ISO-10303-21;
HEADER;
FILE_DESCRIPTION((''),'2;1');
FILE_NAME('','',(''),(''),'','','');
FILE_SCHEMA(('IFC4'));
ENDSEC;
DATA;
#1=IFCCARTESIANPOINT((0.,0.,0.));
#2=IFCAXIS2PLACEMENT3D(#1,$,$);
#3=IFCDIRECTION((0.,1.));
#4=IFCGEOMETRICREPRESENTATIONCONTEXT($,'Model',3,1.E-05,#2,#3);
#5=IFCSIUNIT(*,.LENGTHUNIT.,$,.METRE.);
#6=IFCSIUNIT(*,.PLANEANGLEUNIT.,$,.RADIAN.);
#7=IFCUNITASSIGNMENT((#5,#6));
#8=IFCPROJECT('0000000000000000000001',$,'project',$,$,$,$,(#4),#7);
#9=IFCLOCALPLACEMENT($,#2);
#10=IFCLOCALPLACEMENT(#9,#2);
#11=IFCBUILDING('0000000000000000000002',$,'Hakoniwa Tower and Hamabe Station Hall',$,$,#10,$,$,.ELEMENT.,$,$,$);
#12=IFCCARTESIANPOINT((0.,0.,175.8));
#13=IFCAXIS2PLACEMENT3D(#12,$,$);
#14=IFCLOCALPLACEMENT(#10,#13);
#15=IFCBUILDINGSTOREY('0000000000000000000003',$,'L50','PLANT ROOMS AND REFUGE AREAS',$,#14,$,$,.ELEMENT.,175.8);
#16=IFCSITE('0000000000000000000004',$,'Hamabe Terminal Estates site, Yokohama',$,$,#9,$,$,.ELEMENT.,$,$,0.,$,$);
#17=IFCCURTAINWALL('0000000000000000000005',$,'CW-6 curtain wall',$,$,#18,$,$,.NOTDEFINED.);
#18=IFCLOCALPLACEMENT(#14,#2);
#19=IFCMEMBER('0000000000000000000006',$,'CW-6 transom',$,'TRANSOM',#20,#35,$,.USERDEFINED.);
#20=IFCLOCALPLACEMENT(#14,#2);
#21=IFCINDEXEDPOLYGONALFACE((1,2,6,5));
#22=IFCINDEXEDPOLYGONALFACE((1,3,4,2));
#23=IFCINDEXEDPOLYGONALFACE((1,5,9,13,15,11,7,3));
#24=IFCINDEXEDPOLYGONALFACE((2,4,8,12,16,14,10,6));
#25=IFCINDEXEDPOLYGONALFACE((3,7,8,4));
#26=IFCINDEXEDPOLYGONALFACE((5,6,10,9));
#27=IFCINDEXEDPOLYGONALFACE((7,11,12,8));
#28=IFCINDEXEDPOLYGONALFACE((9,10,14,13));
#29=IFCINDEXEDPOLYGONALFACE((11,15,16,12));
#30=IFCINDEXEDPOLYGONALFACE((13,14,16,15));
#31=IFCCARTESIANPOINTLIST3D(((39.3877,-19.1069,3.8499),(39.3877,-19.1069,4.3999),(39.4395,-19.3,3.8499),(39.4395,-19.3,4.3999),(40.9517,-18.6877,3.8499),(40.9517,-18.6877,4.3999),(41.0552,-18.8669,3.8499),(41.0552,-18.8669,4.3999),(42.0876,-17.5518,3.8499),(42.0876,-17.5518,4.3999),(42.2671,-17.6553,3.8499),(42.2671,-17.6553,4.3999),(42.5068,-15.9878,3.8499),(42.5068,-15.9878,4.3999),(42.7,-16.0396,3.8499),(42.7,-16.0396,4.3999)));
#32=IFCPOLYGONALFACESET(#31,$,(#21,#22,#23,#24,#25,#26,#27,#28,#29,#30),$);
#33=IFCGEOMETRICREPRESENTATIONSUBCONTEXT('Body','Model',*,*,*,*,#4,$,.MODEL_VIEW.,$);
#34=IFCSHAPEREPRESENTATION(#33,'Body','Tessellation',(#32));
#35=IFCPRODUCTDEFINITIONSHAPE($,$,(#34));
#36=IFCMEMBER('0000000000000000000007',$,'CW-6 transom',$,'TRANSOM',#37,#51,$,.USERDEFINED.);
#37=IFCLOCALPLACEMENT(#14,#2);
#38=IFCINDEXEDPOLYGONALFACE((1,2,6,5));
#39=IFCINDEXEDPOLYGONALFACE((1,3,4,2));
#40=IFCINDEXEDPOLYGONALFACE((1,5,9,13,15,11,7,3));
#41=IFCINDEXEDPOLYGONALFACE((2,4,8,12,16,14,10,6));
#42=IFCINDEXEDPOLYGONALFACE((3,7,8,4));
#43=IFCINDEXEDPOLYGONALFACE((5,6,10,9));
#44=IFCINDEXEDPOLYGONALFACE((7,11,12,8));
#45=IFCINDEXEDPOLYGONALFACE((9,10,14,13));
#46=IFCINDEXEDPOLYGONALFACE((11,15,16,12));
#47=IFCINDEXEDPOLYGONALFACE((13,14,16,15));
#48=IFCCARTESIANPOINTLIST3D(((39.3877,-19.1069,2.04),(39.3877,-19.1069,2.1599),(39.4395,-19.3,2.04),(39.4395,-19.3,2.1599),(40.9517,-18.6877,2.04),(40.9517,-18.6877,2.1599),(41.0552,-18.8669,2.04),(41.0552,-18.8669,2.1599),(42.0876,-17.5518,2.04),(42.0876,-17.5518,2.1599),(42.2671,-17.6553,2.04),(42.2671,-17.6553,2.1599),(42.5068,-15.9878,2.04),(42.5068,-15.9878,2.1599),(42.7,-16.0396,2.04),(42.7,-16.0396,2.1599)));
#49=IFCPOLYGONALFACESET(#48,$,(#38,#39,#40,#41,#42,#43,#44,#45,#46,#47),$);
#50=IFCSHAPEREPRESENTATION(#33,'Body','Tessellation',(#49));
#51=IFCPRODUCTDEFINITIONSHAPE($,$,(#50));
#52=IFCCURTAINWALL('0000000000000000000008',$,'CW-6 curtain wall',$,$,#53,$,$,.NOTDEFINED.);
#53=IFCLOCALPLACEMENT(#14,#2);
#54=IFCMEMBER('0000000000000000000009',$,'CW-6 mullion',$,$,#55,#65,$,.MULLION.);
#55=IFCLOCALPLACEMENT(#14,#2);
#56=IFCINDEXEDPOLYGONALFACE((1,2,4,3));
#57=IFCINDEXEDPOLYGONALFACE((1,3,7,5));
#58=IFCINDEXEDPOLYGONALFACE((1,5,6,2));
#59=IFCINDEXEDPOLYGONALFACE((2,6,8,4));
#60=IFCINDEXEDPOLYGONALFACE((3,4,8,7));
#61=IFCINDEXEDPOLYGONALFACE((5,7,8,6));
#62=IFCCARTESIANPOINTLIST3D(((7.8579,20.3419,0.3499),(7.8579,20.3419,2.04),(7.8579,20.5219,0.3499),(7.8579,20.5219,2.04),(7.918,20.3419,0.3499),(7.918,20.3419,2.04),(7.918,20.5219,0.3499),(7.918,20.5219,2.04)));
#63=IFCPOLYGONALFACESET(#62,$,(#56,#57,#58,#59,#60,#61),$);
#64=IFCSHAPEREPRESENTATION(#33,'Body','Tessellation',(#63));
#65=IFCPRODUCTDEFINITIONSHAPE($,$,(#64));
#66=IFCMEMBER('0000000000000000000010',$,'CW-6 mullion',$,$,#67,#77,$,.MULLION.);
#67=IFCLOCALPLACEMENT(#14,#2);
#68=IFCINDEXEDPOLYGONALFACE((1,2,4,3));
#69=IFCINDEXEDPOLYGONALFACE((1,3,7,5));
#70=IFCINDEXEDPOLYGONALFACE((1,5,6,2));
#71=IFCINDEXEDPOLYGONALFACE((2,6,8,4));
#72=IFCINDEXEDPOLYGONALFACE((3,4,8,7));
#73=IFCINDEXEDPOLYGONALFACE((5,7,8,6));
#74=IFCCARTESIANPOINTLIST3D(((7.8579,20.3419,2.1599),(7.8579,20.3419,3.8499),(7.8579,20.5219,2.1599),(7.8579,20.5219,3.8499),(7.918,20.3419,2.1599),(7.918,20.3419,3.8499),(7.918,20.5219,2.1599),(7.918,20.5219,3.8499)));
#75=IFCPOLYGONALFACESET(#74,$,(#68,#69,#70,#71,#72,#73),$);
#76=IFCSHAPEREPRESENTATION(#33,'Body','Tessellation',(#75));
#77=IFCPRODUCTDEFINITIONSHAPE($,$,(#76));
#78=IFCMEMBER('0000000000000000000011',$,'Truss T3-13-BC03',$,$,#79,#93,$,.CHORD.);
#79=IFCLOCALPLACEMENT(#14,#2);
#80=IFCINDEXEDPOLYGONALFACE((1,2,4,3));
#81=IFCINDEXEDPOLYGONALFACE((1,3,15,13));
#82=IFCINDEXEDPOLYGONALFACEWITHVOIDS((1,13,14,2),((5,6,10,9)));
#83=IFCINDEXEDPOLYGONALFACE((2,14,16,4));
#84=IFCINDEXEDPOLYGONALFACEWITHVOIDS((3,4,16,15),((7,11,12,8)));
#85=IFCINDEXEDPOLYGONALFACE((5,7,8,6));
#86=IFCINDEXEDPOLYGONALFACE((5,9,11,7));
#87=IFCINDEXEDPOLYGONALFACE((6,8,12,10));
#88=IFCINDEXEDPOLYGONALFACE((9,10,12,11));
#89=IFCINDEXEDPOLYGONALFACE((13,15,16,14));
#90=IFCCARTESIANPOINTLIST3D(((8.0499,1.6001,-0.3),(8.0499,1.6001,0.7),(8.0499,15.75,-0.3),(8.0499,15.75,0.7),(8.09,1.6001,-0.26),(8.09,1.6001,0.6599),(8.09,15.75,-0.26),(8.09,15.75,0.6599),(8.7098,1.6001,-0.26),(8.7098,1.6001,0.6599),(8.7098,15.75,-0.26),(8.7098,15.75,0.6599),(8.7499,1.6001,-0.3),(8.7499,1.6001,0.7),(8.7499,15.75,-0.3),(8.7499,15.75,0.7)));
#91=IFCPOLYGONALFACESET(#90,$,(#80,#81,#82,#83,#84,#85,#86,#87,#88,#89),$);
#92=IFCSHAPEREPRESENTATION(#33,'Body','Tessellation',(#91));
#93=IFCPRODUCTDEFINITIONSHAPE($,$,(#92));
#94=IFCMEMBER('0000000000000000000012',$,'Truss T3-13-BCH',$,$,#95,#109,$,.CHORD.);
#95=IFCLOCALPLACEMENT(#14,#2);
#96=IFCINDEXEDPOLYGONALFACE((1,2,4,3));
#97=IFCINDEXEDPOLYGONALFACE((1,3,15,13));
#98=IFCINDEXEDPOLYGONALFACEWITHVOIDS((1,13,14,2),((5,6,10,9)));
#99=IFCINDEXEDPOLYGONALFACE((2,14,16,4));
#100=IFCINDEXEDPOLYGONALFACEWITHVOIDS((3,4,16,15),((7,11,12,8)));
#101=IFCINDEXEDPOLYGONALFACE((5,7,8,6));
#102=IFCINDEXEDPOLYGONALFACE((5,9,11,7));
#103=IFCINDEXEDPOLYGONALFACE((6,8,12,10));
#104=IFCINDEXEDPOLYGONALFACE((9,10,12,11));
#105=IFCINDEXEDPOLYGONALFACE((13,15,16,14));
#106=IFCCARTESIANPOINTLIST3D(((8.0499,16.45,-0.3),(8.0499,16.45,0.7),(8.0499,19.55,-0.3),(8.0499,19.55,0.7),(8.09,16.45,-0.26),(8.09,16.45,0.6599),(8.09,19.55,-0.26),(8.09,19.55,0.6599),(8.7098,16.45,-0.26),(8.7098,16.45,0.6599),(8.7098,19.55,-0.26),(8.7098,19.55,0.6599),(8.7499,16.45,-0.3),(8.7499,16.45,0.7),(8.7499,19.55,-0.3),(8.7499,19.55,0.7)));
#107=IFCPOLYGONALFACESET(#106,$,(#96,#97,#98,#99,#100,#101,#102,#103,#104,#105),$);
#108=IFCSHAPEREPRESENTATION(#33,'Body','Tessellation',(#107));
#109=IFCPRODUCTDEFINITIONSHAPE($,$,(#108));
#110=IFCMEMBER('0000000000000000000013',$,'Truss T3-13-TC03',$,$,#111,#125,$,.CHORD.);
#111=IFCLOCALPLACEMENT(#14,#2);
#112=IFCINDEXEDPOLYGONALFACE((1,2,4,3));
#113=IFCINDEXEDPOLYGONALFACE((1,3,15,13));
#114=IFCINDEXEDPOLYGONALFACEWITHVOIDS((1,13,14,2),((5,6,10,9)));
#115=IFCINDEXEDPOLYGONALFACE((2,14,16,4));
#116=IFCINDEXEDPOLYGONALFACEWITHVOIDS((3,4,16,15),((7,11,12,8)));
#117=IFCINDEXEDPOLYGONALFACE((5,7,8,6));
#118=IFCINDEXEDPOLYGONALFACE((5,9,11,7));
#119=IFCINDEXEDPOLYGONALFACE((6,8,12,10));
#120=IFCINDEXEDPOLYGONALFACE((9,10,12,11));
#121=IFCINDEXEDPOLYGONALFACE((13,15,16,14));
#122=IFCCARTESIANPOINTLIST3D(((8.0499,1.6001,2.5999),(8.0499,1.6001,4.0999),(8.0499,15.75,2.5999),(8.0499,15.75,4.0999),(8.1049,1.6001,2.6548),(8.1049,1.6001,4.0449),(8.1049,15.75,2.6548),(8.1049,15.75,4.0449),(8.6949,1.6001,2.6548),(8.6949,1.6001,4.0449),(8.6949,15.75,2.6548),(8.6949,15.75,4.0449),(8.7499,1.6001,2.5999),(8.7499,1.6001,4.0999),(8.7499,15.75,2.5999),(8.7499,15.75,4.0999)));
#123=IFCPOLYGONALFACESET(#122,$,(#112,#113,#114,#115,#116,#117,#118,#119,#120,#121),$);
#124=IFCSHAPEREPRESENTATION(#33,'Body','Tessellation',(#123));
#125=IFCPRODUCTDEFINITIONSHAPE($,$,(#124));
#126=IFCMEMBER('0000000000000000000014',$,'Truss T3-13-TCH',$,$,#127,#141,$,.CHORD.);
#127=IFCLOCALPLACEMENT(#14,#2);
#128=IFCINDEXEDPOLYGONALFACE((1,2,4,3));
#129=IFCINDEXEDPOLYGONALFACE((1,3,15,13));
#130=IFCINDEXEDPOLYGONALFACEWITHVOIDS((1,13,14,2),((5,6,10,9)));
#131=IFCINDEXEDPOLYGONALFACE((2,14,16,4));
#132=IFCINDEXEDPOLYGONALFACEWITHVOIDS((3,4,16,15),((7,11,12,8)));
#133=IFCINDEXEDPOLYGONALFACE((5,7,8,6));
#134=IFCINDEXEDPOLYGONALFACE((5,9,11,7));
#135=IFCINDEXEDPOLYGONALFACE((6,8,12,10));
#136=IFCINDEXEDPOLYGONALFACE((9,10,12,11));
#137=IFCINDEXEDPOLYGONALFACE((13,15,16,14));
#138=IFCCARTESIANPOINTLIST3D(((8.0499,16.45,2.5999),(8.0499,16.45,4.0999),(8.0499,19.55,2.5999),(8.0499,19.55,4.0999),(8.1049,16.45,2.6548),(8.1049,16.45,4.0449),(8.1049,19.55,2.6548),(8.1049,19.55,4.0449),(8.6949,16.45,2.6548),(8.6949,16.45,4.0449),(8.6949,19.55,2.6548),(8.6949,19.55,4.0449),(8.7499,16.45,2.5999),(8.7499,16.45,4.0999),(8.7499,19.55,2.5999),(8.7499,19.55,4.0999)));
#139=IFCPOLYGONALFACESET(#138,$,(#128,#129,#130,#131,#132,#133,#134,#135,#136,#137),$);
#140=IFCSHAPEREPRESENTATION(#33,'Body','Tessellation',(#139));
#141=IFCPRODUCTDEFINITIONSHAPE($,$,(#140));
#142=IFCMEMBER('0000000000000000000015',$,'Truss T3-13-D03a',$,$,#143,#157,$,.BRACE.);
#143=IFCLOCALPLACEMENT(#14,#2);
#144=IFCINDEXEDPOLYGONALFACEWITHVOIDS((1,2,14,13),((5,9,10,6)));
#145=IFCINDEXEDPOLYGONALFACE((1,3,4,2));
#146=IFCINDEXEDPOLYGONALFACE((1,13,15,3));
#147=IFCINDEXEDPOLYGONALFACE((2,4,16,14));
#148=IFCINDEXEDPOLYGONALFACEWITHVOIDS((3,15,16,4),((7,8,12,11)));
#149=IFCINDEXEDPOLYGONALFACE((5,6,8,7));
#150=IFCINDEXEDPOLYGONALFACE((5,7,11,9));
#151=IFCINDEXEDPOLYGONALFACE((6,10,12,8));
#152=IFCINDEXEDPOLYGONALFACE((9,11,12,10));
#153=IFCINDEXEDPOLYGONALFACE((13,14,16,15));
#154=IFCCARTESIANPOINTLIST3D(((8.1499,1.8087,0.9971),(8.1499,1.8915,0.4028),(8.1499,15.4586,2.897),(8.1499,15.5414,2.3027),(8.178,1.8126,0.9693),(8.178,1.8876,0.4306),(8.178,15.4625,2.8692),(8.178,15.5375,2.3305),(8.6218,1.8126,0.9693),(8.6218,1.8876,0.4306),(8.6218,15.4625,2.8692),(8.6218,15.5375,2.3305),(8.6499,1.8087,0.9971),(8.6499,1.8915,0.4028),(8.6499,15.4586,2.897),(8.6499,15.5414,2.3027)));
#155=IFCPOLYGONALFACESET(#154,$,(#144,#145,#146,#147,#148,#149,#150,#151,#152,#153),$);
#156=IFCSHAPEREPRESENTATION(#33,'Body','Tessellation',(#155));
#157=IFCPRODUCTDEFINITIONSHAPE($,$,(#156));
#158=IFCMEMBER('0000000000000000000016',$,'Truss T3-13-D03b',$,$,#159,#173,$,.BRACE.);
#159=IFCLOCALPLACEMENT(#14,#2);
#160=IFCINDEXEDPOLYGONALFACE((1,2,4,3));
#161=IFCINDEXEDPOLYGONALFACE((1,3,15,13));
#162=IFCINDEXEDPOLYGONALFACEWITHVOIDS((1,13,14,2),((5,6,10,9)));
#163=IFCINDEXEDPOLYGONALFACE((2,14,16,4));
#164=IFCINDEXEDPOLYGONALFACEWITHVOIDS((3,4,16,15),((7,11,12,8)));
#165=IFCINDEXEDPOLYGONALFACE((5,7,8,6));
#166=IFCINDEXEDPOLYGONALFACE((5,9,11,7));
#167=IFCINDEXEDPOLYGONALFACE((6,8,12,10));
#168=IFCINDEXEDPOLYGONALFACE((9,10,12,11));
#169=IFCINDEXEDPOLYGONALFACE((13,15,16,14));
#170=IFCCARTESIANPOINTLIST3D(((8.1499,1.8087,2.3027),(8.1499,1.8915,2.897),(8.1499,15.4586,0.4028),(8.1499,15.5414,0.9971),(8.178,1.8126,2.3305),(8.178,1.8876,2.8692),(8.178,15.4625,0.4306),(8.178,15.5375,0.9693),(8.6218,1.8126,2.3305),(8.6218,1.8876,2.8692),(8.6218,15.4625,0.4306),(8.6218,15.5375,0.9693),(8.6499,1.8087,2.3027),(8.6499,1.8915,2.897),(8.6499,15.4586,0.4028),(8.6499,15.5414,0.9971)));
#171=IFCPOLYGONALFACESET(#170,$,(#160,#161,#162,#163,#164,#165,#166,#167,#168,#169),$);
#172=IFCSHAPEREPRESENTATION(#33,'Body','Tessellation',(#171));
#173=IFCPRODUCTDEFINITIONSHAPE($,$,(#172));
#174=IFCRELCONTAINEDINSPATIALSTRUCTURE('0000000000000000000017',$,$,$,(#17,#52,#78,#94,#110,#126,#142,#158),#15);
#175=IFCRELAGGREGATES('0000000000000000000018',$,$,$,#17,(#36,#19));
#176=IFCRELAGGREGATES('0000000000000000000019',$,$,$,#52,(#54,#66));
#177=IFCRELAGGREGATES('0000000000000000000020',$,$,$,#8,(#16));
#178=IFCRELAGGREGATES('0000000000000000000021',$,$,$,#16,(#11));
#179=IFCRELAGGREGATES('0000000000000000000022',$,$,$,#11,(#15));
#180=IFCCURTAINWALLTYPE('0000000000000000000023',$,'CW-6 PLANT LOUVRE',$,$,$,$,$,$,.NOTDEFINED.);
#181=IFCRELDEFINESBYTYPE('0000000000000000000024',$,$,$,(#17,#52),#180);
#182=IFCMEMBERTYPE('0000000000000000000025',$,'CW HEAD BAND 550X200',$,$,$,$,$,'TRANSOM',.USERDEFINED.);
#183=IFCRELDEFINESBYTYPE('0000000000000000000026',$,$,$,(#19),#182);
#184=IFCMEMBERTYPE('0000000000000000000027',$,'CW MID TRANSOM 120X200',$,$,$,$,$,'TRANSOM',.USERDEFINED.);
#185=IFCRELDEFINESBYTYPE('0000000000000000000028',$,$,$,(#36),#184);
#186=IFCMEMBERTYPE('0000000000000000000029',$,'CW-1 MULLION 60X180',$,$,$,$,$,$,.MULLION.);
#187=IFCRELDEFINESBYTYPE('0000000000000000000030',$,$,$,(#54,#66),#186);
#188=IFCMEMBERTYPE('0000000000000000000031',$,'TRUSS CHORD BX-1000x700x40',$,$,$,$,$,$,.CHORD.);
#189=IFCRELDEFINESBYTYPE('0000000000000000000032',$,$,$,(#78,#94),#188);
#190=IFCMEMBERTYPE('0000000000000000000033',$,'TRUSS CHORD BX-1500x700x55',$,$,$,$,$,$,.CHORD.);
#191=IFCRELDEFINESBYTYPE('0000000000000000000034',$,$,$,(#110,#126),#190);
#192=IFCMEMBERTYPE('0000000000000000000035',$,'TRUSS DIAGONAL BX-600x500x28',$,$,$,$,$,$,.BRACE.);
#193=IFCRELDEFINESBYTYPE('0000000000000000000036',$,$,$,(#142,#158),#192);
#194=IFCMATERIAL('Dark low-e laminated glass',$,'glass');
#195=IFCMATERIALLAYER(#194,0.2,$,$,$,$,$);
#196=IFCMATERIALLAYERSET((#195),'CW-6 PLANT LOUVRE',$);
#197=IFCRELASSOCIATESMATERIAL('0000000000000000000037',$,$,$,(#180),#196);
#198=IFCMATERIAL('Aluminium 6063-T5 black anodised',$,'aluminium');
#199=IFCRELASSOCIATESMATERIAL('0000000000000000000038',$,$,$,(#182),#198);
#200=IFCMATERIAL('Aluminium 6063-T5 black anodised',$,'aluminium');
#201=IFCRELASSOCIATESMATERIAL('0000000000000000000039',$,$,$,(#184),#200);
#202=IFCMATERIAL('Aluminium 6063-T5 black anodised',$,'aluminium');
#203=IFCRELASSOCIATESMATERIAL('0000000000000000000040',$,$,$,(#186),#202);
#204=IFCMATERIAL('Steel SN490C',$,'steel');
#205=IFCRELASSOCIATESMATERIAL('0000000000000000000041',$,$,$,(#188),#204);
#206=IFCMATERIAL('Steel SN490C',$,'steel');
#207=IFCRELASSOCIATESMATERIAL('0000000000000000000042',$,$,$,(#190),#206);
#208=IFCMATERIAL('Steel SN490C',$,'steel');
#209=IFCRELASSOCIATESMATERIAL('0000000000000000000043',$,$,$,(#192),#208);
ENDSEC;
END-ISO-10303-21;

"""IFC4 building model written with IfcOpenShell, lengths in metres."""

from ifc_helpers import new_model, si_unit, direction, frame, origin, origin_2d, place, context, subcontext, project, spatial, polyline, rectangle, hollow_rectangle, outline, extrude, material, layer, layer_set, material_profile, profile_set, type_object, element, aggregate, save


model = new_model("IFC4")

# Units and contexts
model_context = context("Model", 3, precision=1e-05, world=origin(), true_north=direction((0.0, 1.0)))
body_context = subcontext(model_context, "Body", "Model", "MODEL_VIEW")
ifc_project = project(units=[si_unit("LENGTHUNIT", "METRE"), si_unit("PLANEANGLEUNIT", "RADIAN")], contexts=[model_context])

# Site, building, storey
site_placement = place(None, origin())
site = spatial("IfcSite", under=ifc_project, at=site_placement, Name="Hamabe Terminal Estates site, Yokohama", CompositionType="ELEMENT", RefElevation=0.0)
building_placement = place(site_placement, origin())
building = spatial("IfcBuilding", under=site, at=building_placement, Name="Hakoniwa Tower and Hamabe Station Hall", CompositionType="ELEMENT")
storey_placement = place(building_placement, frame((0.0, 0.0, 175.8)))
storey = spatial("IfcBuildingStorey", under=building, at=storey_placement, Name="L50", Description="PLANT ROOMS AND REFUGE AREAS", CompositionType="ELEMENT", Elevation=175.8)

# Curtain walls, members
ifc_material_1 = material(Name="Dark low-e laminated glass", Category="glass")
ifc_layer_1 = layer(ifc_material_1, 0.2)
ifc_layer_set_1 = layer_set([ifc_layer_1], Name="CW-6 PLANT LOUVRE")
curtain_wall_type = type_object("IfcCurtainWallType", Name="CW-6 PLANT LOUVRE", PredefinedType="NOTDEFINED", material=ifc_layer_set_1)
curtain_wall_1_placement = place(storey_placement, origin())
curtain_wall_1 = element("IfcCurtainWall", 1, at=curtain_wall_1_placement, inside=storey, type_object=curtain_wall_type, Name="CW-6 curtain wall", PredefinedType="NOTDEFINED")
ifc_material_2 = material(Name="Aluminium 6063-T5 black anodised", Category="aluminium")
ifc_material_profile_1 = material_profile(ifc_material_2, rectangle(XDim=0.2, YDim=0.55, at=origin_2d()), Name="CW HEAD BAND 550X200")
ifc_profile_set_1 = profile_set([ifc_material_profile_1], Name="Aluminium 6063-T5 black anodised")
member_type_1 = type_object("IfcMemberType", Name="CW HEAD BAND 550X200", ElementType="TRANSOM", PredefinedType="USERDEFINED", material=ifc_profile_set_1)
member_1_placement = place(storey_placement, frame((0.0, 0.0, 3.8499)))
member_1 = element("IfcMember", 2, at=member_1_placement, type_object=member_type_1, Name="CW-6 transom", ObjectType="TRANSOM", PredefinedType="USERDEFINED", context=body_context, shape_type="SweptSolid", body=[
    extrude(outline(polyline([(39.4395, -19.3), (41.0552, -18.8669), (42.2671, -17.6553), (42.7, -16.0396), (42.5068, -15.9878), (42.0876, -17.5518), (40.9517, -18.6877), (39.3877, -19.1069), (39.4395, -19.3)])), origin(), (0.0, 0.0, 1.0), 0.55),
])
ifc_material_3 = material(Name="Aluminium 6063-T5 black anodised", Category="aluminium")
ifc_material_profile_2 = material_profile(ifc_material_3, rectangle(XDim=0.2, YDim=0.1201, at=origin_2d()), Name="CW MID TRANSOM 120X200")
ifc_profile_set_2 = profile_set([ifc_material_profile_2], Name="Aluminium 6063-T5 black anodised")
member_type_2 = type_object("IfcMemberType", Name="CW MID TRANSOM 120X200", ElementType="TRANSOM", PredefinedType="USERDEFINED", material=ifc_profile_set_2)
member_2_placement = place(storey_placement, frame((0.0, 0.0, 2.04)))
member_2 = element("IfcMember", 3, at=member_2_placement, type_object=member_type_2, Name="CW-6 transom", ObjectType="TRANSOM", PredefinedType="USERDEFINED", context=body_context, shape_type="SweptSolid", body=[
    extrude(outline(polyline([(39.4395, -19.3), (41.0552, -18.8669), (42.2671, -17.6553), (42.7, -16.0396), (42.5068, -15.9878), (42.0876, -17.5518), (40.9517, -18.6877), (39.3877, -19.1069), (39.4395, -19.3)])), origin(), (0.0, 0.0, 1.0), 0.1199),
])
aggregate(curtain_wall_1, [member_2, member_1])
curtain_wall_2_placement = place(storey_placement, origin())
curtain_wall_2 = element("IfcCurtainWall", 4, at=curtain_wall_2_placement, inside=storey, type_object=curtain_wall_type, Name="CW-6 curtain wall", PredefinedType="NOTDEFINED")
ifc_material_4 = material(Name="Aluminium 6063-T5 black anodised", Category="aluminium")
ifc_material_profile_3 = material_profile(ifc_material_4, rectangle(XDim=0.0601, YDim=0.1799, at=origin_2d()), Name="CW-1 MULLION 60X180")
ifc_profile_set_3 = profile_set([ifc_material_profile_3], Name="Aluminium 6063-T5 black anodised")
member_type_3 = type_object("IfcMemberType", Name="CW-1 MULLION 60X180", PredefinedType="MULLION", material=ifc_profile_set_3)
member_3_placement = place(storey_placement, frame((7.8879, 20.4319, 0.3499), z_axis=(0.0, 0.0, 1.0), x_axis=(-1.0, 0.0, 0.0)))
member_3 = element("IfcMember", 5, at=member_3_placement, type_object=member_type_3, Name="CW-6 mullion", PredefinedType="MULLION", context=body_context, shape_type="SweptSolid", body=[
    extrude(rectangle(XDim=0.0601, YDim=0.1799, at=origin_2d()), origin(), (0.0, 0.0, 1.0), 1.6902),
])
member_4_placement = place(storey_placement, frame((7.8879, 20.4319, 2.1599), z_axis=(0.0, 0.0, 1.0), x_axis=(-1.0, 0.0, 0.0)))
member_4 = element("IfcMember", 6, at=member_4_placement, type_object=member_type_3, Name="CW-6 mullion", PredefinedType="MULLION", context=body_context, shape_type="SweptSolid", body=[
    extrude(rectangle(XDim=0.0601, YDim=0.1799, at=origin_2d()), origin(), (0.0, 0.0, 1.0), 1.6899),
])

# Members
ifc_material_5 = material(Name="Steel SN490C", Category="steel")
ifc_material_profile_4 = material_profile(ifc_material_5, hollow_rectangle(XDim=0.7, YDim=1.0, WallThickness=0.04, at=origin_2d()), Name="BX-1000x700x40")
ifc_profile_set_4 = profile_set([ifc_material_profile_4], Name="Steel SN490C")
member_type_4 = type_object("IfcMemberType", Name="TRUSS CHORD BX-1000x700x40", PredefinedType="CHORD", material=ifc_profile_set_4)
member_5_placement = place(storey_placement, frame((8.3999, 1.6001, 0.2), z_axis=(0.0, 1.0, 0.0), x_axis=(-1.0, 0.0, 0.0)))
element("IfcMember", 7, at=member_5_placement, inside=storey, type_object=member_type_4, Name="Truss T3-13-BC03", PredefinedType="CHORD", context=body_context, shape_type="SweptSolid", body=[
    extrude(hollow_rectangle(XDim=0.7, YDim=1.0, WallThickness=0.04, at=origin_2d()), origin(), (0.0, 0.0, 1.0), 14.1499),
])
member_6_placement = place(storey_placement, frame((8.3999, 16.45, 0.2), z_axis=(0.0, 1.0, 0.0), x_axis=(-1.0, 0.0, 0.0)))
element("IfcMember", 8, at=member_6_placement, inside=storey, type_object=member_type_4, Name="Truss T3-13-BCH", PredefinedType="CHORD", context=body_context, shape_type="SweptSolid", body=[
    extrude(hollow_rectangle(XDim=0.7, YDim=1.0, WallThickness=0.04, at=origin_2d()), origin(), (0.0, 0.0, 1.0), 3.1001),
])
ifc_material_6 = material(Name="Steel SN490C", Category="steel")
ifc_material_profile_5 = material_profile(ifc_material_6, hollow_rectangle(XDim=0.7, YDim=1.5, WallThickness=0.0549, at=origin_2d()), Name="BX-1500x700x55")
ifc_profile_set_5 = profile_set([ifc_material_profile_5], Name="Steel SN490C")
member_type_5 = type_object("IfcMemberType", Name="TRUSS CHORD BX-1500x700x55", PredefinedType="CHORD", material=ifc_profile_set_5)
member_7_placement = place(storey_placement, frame((8.3999, 1.6001, 3.3499), z_axis=(0.0, 1.0, 0.0), x_axis=(-1.0, 0.0, 0.0)))
element("IfcMember", 9, at=member_7_placement, inside=storey, type_object=member_type_5, Name="Truss T3-13-TC03", PredefinedType="CHORD", context=body_context, shape_type="SweptSolid", body=[
    extrude(hollow_rectangle(XDim=0.7, YDim=1.5, WallThickness=0.0549, at=origin_2d()), origin(), (0.0, 0.0, 1.0), 14.1499),
])
member_8_placement = place(storey_placement, frame((8.3999, 16.45, 3.3499), z_axis=(0.0, 1.0, 0.0), x_axis=(-1.0, 0.0, 0.0)))
element("IfcMember", 10, at=member_8_placement, inside=storey, type_object=member_type_5, Name="Truss T3-13-TCH", PredefinedType="CHORD", context=body_context, shape_type="SweptSolid", body=[
    extrude(hollow_rectangle(XDim=0.7, YDim=1.5, WallThickness=0.0549, at=origin_2d()), origin(), (0.0, 0.0, 1.0), 3.1001),
])
ifc_material_7 = material(Name="Steel SN490C", Category="steel")
ifc_material_profile_6 = material_profile(ifc_material_7, hollow_rectangle(XDim=0.5, YDim=0.6001, WallThickness=0.0281, at=origin_2d()), Name="BX-600x500x28")
ifc_profile_set_6 = profile_set([ifc_material_profile_6], Name="Steel SN490C")
member_type_6 = type_object("IfcMemberType", Name="TRUSS DIAGONAL BX-600x500x28", PredefinedType="BRACE", material=ifc_profile_set_6)
for number, where, z_axis, x_axis, name in (
    (11, (8.3999, 1.8501, 0.7), (0.0, 0.990452, 0.137859), (-1.0, 0.0, 0.0), "Truss T3-13-D03a"),
    (12, (8.3999, 1.8501, 2.5999), (0.0, 0.990452, -0.137859), (-1.0, 0.0, 0.0), "Truss T3-13-D03b"),
):
    element("IfcMember", number, at=place(storey_placement, frame(where, z_axis=z_axis, x_axis=x_axis)), inside=storey, type_object=member_type_6, Name=name, PredefinedType="BRACE", context=body_context, shape_type="SweptSolid", body=[
        extrude(hollow_rectangle(XDim=0.5, YDim=0.6001, WallThickness=0.0281, at=origin_2d()), origin(), (0.0, 0.0, 1.0), 13.7815),
    ])

aggregate(curtain_wall_2, [member_3, member_4])

save(model, "model.ifc")
